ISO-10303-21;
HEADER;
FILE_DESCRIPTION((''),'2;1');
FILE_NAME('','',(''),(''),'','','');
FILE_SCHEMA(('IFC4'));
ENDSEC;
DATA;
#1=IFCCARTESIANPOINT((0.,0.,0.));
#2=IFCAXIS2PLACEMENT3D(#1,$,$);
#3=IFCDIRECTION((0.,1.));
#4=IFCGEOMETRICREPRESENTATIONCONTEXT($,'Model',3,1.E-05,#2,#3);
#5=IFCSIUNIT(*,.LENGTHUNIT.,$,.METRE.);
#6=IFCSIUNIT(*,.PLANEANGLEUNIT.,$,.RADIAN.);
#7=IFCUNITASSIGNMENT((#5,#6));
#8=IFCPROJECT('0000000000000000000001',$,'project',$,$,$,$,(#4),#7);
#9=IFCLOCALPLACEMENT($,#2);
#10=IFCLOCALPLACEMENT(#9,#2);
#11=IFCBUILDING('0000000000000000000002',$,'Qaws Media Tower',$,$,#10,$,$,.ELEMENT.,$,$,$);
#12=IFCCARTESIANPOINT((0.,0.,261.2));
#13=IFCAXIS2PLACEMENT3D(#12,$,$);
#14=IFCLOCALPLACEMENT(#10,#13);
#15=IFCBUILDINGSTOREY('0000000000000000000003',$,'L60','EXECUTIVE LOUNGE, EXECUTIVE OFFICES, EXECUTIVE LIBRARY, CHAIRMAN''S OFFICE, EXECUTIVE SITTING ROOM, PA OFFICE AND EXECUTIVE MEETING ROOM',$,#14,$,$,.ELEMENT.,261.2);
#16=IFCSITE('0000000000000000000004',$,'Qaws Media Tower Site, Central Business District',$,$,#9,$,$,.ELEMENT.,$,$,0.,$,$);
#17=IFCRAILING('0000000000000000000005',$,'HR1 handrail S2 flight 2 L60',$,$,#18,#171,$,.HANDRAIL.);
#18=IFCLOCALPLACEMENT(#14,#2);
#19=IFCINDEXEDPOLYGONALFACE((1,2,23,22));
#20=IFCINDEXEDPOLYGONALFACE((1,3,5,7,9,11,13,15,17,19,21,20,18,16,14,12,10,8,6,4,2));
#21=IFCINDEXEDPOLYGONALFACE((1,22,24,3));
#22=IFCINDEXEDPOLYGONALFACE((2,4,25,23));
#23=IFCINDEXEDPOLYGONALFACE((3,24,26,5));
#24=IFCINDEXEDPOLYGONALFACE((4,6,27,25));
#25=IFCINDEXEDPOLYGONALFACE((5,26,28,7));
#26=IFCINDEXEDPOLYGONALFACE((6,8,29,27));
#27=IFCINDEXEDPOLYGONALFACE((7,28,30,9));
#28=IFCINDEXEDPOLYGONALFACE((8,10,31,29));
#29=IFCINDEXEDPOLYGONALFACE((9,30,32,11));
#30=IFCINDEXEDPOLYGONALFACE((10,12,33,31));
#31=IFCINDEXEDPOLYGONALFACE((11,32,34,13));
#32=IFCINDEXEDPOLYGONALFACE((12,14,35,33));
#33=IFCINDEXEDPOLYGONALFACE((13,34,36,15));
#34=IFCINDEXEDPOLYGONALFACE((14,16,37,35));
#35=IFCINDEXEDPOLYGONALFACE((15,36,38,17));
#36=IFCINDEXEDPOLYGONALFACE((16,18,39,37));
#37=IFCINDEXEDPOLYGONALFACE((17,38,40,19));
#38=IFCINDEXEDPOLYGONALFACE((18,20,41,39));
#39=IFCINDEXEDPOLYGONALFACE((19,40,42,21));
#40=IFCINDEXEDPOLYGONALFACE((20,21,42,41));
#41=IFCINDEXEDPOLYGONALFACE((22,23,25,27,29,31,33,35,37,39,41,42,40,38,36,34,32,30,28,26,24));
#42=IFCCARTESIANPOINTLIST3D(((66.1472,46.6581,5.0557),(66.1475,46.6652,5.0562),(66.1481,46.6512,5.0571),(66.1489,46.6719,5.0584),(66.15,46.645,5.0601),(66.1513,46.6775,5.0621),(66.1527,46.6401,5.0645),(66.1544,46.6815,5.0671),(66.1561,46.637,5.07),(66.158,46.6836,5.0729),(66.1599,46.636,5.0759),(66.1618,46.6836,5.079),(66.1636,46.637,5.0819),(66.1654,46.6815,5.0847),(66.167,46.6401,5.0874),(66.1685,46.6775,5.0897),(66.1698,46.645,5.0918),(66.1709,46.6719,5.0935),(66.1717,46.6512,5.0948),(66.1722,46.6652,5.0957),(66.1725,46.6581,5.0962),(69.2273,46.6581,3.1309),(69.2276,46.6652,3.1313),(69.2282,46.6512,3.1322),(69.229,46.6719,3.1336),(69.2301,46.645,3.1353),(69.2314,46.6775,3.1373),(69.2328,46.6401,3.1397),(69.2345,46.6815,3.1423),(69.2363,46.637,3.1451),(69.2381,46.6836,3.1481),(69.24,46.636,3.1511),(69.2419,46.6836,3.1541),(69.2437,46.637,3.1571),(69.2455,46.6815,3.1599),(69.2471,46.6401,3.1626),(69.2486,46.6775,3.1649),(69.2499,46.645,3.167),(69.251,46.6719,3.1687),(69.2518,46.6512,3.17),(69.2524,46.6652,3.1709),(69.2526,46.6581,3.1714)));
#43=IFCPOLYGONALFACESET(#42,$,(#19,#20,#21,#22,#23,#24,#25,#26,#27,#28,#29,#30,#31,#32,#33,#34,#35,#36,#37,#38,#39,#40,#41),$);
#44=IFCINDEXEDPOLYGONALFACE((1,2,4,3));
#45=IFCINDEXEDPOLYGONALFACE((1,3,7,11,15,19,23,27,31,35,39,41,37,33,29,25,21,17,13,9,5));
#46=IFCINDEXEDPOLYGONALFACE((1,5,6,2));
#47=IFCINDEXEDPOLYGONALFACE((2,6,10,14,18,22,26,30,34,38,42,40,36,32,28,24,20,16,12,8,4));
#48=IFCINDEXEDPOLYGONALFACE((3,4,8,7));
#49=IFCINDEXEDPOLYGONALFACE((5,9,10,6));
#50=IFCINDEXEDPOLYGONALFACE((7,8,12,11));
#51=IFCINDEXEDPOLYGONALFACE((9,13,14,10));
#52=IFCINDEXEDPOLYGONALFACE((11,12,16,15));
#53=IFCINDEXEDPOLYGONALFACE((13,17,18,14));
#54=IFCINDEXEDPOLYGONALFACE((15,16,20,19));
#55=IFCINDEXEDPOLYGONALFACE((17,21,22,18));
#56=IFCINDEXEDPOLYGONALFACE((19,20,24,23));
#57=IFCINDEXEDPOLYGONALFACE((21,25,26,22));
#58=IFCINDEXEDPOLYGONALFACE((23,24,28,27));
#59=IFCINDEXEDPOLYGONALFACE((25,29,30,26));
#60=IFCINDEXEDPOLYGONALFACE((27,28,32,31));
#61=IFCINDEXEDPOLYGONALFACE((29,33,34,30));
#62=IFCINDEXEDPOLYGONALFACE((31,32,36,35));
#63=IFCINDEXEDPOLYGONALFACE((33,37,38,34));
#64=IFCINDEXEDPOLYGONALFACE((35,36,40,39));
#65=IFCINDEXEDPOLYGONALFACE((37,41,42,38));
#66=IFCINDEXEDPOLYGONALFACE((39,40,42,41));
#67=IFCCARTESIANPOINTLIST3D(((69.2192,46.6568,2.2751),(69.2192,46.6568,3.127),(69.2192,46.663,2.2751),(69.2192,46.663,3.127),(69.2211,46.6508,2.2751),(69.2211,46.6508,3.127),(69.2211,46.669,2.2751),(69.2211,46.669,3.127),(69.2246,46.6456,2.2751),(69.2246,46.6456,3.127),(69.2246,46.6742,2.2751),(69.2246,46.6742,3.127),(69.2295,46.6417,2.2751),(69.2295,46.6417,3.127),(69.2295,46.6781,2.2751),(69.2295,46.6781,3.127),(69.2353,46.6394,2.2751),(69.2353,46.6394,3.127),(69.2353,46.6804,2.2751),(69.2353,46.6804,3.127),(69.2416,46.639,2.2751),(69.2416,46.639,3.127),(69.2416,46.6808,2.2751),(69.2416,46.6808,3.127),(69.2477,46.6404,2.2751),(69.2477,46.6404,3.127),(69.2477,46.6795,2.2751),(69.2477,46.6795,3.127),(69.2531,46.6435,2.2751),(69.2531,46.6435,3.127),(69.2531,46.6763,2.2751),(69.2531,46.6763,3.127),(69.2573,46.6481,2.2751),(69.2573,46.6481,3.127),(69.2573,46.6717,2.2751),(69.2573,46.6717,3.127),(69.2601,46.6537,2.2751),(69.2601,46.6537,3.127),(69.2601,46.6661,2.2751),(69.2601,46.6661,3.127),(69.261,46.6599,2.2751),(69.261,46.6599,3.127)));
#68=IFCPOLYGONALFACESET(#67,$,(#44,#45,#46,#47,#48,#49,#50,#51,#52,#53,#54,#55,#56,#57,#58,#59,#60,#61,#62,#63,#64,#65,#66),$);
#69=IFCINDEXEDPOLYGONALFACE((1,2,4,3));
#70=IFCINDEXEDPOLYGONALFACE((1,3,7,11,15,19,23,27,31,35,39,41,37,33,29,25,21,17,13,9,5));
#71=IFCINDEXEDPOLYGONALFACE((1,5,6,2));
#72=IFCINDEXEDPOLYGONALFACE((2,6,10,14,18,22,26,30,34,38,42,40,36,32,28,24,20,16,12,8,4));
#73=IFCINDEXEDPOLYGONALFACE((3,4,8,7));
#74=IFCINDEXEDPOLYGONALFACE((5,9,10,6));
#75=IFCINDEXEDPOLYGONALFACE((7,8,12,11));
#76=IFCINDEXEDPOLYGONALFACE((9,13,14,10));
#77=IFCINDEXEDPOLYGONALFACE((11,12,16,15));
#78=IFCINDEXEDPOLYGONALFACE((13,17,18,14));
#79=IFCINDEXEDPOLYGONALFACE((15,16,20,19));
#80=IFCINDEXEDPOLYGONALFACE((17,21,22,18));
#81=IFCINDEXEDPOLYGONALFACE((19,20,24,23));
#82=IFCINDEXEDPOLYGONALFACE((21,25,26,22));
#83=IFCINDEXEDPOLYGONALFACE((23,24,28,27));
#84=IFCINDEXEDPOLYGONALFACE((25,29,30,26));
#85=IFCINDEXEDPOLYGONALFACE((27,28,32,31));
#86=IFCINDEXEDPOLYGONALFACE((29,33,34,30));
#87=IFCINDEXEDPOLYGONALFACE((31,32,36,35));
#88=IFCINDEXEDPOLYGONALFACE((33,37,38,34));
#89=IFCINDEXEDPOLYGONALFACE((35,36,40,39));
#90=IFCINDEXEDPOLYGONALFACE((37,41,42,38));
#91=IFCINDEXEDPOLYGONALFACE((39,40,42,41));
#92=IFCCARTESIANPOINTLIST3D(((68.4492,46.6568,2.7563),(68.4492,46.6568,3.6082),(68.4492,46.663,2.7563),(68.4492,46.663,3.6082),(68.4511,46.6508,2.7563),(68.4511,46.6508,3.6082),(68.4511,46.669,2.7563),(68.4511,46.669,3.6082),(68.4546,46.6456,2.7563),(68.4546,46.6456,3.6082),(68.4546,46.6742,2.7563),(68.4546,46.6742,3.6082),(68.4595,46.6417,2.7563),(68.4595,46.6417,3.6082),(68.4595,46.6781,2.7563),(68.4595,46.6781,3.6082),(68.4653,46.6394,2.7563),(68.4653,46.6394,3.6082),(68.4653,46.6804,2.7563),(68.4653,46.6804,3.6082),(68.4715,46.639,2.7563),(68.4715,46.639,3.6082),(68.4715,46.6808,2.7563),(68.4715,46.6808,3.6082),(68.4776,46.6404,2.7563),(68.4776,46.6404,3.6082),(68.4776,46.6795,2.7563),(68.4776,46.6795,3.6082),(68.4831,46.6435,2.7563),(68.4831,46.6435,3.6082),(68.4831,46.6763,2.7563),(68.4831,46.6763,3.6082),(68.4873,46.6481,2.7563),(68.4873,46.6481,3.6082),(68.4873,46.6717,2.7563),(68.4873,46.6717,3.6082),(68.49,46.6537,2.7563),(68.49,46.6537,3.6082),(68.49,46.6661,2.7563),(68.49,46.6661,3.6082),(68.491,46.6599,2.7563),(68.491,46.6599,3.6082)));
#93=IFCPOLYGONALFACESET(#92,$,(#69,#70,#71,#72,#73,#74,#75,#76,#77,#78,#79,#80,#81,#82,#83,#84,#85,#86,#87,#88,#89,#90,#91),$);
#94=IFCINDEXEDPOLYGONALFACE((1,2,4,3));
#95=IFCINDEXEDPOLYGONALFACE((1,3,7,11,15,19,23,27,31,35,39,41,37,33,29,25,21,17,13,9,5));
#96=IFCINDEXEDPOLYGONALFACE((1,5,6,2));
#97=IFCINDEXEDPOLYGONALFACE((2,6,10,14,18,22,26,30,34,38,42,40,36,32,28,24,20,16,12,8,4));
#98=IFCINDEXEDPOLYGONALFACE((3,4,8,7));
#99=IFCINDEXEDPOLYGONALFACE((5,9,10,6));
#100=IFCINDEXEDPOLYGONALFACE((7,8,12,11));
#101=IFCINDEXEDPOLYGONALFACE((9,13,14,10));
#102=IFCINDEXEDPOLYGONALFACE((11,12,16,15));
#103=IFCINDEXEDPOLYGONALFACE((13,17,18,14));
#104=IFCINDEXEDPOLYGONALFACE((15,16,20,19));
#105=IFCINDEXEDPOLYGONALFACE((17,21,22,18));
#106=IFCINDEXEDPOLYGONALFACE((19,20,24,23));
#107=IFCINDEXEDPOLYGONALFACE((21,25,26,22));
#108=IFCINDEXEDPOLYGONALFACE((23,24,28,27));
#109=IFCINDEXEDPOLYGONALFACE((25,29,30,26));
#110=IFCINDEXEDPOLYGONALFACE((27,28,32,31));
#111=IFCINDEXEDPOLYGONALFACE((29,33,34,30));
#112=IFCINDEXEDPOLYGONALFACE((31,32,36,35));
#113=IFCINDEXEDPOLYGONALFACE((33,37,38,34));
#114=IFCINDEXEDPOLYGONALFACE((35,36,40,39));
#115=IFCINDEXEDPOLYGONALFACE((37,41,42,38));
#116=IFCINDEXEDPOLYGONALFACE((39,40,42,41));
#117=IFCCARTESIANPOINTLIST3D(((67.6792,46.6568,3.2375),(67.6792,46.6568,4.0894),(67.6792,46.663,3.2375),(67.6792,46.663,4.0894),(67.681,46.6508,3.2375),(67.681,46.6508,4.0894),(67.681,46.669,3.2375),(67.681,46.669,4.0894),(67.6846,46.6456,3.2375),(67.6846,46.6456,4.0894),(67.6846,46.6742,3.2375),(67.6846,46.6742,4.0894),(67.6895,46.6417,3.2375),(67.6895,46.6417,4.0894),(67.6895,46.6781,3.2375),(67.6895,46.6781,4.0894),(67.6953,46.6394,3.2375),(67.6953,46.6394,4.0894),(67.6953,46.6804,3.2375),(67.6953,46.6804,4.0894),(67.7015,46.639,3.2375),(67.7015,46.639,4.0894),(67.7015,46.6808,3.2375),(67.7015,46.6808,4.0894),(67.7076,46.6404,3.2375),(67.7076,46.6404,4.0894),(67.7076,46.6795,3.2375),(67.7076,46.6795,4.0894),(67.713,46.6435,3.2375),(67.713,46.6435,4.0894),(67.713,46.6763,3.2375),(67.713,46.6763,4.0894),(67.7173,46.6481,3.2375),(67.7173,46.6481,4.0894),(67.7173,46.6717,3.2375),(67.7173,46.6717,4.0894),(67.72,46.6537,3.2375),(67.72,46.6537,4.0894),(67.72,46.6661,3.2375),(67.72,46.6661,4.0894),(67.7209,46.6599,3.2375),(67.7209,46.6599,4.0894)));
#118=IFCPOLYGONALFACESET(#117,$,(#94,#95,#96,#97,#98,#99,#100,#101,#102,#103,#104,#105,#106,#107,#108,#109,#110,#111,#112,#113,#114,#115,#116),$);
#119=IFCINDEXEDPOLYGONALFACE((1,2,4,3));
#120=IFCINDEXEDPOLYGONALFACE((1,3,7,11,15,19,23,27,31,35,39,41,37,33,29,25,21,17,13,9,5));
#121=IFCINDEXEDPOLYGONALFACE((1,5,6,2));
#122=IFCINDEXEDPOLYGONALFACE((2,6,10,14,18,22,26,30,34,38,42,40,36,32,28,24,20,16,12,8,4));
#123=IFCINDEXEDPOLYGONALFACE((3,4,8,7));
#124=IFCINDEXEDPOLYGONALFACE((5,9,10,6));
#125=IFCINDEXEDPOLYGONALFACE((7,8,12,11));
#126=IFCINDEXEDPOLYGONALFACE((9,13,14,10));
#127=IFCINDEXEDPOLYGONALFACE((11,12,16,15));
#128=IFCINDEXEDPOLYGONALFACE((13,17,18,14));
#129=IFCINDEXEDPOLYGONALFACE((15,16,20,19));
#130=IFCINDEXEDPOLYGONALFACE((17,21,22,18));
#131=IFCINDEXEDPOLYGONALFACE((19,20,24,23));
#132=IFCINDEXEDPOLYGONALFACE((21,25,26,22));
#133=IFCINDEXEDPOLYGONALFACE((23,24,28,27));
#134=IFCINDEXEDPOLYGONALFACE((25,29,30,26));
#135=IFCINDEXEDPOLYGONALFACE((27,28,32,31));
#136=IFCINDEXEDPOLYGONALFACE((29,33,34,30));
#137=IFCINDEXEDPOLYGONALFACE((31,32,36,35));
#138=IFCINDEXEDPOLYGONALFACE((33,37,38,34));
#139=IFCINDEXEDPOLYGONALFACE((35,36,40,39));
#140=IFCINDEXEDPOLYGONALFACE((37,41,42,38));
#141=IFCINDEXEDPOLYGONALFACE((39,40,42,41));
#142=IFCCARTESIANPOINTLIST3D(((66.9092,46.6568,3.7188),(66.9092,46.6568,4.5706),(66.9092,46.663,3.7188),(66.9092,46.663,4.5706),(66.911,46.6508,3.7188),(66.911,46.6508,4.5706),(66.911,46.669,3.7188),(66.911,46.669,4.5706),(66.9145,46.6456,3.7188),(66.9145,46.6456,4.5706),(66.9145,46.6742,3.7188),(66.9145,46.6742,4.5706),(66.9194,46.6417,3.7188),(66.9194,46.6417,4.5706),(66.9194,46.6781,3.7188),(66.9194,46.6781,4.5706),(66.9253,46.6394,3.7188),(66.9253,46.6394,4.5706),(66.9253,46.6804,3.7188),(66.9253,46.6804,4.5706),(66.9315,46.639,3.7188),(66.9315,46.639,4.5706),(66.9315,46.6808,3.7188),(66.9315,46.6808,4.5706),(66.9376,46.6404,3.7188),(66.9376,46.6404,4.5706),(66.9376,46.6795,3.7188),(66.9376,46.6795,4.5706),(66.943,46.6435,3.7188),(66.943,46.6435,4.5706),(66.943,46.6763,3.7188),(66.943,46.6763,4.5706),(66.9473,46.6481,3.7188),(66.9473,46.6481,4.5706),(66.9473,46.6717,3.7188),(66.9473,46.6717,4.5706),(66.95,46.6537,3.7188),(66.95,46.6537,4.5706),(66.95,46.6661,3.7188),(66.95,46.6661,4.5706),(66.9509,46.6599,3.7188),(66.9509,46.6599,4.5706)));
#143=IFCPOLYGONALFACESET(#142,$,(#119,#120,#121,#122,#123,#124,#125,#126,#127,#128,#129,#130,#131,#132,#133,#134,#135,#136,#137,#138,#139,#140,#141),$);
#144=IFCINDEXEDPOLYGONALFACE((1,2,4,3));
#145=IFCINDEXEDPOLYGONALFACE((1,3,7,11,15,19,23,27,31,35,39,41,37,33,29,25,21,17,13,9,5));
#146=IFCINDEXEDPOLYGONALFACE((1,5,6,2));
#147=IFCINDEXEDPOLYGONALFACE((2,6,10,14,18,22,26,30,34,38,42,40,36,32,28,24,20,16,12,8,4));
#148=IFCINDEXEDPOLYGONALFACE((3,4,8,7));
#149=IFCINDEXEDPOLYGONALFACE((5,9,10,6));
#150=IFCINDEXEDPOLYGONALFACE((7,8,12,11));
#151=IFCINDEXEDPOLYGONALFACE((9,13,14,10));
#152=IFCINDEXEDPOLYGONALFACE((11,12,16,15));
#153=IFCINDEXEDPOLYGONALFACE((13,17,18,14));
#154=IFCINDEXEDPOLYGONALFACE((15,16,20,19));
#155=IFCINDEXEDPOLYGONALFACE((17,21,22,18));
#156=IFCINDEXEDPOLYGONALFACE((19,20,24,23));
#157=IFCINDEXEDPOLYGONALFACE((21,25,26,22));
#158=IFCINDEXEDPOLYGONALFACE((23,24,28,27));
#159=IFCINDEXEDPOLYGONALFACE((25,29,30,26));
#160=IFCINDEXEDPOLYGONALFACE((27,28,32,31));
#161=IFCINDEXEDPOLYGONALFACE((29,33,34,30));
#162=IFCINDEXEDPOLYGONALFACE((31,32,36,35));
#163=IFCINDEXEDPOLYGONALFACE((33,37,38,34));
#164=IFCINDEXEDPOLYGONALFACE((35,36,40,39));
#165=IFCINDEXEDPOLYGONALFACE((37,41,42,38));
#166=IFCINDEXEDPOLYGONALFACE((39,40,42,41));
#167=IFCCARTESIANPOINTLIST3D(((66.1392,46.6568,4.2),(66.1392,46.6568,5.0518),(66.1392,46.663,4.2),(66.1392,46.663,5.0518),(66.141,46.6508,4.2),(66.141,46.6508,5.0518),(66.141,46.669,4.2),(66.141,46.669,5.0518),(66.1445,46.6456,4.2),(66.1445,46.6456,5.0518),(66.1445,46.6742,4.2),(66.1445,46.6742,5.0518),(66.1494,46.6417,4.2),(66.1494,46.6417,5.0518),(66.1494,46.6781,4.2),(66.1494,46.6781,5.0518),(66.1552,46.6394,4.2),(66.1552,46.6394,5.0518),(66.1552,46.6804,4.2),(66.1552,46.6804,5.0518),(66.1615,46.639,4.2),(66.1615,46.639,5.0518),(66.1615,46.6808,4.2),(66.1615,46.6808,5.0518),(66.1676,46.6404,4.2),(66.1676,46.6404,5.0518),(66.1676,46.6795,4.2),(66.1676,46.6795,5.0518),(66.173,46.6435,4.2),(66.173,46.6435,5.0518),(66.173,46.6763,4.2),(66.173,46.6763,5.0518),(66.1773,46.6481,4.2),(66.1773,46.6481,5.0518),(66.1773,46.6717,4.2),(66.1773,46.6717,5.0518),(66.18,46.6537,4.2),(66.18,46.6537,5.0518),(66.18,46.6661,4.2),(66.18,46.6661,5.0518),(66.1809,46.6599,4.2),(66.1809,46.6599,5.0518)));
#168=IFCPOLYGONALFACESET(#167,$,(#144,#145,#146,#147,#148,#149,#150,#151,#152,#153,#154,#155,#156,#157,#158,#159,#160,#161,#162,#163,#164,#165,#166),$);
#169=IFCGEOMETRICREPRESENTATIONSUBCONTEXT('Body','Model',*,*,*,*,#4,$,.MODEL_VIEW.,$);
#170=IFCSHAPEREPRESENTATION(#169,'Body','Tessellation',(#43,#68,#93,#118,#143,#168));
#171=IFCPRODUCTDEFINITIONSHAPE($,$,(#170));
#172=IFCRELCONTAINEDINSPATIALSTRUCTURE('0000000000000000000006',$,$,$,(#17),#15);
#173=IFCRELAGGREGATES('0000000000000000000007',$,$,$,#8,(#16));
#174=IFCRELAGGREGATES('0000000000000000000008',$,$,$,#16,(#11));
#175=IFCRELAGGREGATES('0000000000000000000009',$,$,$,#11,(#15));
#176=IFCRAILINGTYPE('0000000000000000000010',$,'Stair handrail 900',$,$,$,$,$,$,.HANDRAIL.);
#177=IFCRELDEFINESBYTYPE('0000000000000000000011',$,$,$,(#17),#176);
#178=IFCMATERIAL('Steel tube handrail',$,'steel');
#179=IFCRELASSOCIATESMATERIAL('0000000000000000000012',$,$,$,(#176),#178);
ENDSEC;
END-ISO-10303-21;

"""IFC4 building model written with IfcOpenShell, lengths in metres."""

from ifc_helpers import new_model, si_unit, direction, frame, origin, origin_2d, place, context, subcontext, project, spatial, circle, extrude, material, type_object, element, save


model = new_model("IFC4")

# Units and contexts
model_context = context("Model", 3, precision=1e-05, world=origin(), true_north=direction((0.0, 1.0)))
body_context = subcontext(model_context, "Body", "Model", "MODEL_VIEW")
ifc_project = project(units=[si_unit("LENGTHUNIT", "METRE"), si_unit("PLANEANGLEUNIT", "RADIAN")], contexts=[model_context])

# Site, building, storey
site_placement = place(None, origin())
site = spatial("IfcSite", under=ifc_project, at=site_placement, Name="Qaws Media Tower Site, Central Business District", CompositionType="ELEMENT", RefElevation=0.0)
building_placement = place(site_placement, origin())
building = spatial("IfcBuilding", under=site, at=building_placement, Name="Qaws Media Tower", CompositionType="ELEMENT")
storey_placement = place(building_placement, frame((0.0, 0.0, 261.2)))
storey = spatial("IfcBuildingStorey", under=building, at=storey_placement, Name="L60", Description="EXECUTIVE LOUNGE, EXECUTIVE OFFICES, EXECUTIVE LIBRARY, CHAIRMAN'S OFFICE, EXECUTIVE SITTING ROOM, PA OFFICE AND EXECUTIVE MEETING ROOM", CompositionType="ELEMENT", Elevation=261.2)

# Railing
ifc_material_1 = material(Name="Steel tube handrail", Category="steel")
railing_type = type_object("IfcRailingType", Name="Stair handrail 900", PredefinedType="HANDRAIL", material=ifc_material_1)
for number, where, name in (
    (1, (69.24, 46.6599, 2.2751), "HR1 handrail S2 flight 2 L60"),
):
    element("IfcRailing", number, at=place(storey_placement, frame(where)), inside=storey, type_object=railing_type, Name=name, PredefinedType="HANDRAIL", context=body_context, shape_type="SweptSolid", body=[
        extrude(circle(Radius=0.0239, at=origin_2d()), frame((0.0, 0.0, 0.876), z_axis=(-0.848029, 0.0, 0.529951), x_axis=(0.0, -1.0, 0.0)), (0.0, 0.0, 1.0), 3.6321),
        extrude(circle(Radius=0.021, at=origin_2d()), origin(), (0.0, 0.0, 1.0), 0.8518),
        extrude(circle(Radius=0.021, at=origin_2d()), frame((-0.77, 0.0, 0.4812)), (0.0, 0.0, 1.0), 0.8518),
        extrude(circle(Radius=0.021, at=origin_2d()), frame((-1.54, 0.0, 0.9624)), (0.0, 0.0, 1.0), 0.8518),
        extrude(circle(Radius=0.021, at=origin_2d()), frame((-2.3101, 0.0, 1.4436)), (0.0, 0.0, 1.0), 0.8518),
        extrude(circle(Radius=0.021, at=origin_2d()), frame((-3.0801, 0.0, 1.9248)), (0.0, 0.0, 1.0), 0.8518),
    ])

save(model, "model.ifc")
